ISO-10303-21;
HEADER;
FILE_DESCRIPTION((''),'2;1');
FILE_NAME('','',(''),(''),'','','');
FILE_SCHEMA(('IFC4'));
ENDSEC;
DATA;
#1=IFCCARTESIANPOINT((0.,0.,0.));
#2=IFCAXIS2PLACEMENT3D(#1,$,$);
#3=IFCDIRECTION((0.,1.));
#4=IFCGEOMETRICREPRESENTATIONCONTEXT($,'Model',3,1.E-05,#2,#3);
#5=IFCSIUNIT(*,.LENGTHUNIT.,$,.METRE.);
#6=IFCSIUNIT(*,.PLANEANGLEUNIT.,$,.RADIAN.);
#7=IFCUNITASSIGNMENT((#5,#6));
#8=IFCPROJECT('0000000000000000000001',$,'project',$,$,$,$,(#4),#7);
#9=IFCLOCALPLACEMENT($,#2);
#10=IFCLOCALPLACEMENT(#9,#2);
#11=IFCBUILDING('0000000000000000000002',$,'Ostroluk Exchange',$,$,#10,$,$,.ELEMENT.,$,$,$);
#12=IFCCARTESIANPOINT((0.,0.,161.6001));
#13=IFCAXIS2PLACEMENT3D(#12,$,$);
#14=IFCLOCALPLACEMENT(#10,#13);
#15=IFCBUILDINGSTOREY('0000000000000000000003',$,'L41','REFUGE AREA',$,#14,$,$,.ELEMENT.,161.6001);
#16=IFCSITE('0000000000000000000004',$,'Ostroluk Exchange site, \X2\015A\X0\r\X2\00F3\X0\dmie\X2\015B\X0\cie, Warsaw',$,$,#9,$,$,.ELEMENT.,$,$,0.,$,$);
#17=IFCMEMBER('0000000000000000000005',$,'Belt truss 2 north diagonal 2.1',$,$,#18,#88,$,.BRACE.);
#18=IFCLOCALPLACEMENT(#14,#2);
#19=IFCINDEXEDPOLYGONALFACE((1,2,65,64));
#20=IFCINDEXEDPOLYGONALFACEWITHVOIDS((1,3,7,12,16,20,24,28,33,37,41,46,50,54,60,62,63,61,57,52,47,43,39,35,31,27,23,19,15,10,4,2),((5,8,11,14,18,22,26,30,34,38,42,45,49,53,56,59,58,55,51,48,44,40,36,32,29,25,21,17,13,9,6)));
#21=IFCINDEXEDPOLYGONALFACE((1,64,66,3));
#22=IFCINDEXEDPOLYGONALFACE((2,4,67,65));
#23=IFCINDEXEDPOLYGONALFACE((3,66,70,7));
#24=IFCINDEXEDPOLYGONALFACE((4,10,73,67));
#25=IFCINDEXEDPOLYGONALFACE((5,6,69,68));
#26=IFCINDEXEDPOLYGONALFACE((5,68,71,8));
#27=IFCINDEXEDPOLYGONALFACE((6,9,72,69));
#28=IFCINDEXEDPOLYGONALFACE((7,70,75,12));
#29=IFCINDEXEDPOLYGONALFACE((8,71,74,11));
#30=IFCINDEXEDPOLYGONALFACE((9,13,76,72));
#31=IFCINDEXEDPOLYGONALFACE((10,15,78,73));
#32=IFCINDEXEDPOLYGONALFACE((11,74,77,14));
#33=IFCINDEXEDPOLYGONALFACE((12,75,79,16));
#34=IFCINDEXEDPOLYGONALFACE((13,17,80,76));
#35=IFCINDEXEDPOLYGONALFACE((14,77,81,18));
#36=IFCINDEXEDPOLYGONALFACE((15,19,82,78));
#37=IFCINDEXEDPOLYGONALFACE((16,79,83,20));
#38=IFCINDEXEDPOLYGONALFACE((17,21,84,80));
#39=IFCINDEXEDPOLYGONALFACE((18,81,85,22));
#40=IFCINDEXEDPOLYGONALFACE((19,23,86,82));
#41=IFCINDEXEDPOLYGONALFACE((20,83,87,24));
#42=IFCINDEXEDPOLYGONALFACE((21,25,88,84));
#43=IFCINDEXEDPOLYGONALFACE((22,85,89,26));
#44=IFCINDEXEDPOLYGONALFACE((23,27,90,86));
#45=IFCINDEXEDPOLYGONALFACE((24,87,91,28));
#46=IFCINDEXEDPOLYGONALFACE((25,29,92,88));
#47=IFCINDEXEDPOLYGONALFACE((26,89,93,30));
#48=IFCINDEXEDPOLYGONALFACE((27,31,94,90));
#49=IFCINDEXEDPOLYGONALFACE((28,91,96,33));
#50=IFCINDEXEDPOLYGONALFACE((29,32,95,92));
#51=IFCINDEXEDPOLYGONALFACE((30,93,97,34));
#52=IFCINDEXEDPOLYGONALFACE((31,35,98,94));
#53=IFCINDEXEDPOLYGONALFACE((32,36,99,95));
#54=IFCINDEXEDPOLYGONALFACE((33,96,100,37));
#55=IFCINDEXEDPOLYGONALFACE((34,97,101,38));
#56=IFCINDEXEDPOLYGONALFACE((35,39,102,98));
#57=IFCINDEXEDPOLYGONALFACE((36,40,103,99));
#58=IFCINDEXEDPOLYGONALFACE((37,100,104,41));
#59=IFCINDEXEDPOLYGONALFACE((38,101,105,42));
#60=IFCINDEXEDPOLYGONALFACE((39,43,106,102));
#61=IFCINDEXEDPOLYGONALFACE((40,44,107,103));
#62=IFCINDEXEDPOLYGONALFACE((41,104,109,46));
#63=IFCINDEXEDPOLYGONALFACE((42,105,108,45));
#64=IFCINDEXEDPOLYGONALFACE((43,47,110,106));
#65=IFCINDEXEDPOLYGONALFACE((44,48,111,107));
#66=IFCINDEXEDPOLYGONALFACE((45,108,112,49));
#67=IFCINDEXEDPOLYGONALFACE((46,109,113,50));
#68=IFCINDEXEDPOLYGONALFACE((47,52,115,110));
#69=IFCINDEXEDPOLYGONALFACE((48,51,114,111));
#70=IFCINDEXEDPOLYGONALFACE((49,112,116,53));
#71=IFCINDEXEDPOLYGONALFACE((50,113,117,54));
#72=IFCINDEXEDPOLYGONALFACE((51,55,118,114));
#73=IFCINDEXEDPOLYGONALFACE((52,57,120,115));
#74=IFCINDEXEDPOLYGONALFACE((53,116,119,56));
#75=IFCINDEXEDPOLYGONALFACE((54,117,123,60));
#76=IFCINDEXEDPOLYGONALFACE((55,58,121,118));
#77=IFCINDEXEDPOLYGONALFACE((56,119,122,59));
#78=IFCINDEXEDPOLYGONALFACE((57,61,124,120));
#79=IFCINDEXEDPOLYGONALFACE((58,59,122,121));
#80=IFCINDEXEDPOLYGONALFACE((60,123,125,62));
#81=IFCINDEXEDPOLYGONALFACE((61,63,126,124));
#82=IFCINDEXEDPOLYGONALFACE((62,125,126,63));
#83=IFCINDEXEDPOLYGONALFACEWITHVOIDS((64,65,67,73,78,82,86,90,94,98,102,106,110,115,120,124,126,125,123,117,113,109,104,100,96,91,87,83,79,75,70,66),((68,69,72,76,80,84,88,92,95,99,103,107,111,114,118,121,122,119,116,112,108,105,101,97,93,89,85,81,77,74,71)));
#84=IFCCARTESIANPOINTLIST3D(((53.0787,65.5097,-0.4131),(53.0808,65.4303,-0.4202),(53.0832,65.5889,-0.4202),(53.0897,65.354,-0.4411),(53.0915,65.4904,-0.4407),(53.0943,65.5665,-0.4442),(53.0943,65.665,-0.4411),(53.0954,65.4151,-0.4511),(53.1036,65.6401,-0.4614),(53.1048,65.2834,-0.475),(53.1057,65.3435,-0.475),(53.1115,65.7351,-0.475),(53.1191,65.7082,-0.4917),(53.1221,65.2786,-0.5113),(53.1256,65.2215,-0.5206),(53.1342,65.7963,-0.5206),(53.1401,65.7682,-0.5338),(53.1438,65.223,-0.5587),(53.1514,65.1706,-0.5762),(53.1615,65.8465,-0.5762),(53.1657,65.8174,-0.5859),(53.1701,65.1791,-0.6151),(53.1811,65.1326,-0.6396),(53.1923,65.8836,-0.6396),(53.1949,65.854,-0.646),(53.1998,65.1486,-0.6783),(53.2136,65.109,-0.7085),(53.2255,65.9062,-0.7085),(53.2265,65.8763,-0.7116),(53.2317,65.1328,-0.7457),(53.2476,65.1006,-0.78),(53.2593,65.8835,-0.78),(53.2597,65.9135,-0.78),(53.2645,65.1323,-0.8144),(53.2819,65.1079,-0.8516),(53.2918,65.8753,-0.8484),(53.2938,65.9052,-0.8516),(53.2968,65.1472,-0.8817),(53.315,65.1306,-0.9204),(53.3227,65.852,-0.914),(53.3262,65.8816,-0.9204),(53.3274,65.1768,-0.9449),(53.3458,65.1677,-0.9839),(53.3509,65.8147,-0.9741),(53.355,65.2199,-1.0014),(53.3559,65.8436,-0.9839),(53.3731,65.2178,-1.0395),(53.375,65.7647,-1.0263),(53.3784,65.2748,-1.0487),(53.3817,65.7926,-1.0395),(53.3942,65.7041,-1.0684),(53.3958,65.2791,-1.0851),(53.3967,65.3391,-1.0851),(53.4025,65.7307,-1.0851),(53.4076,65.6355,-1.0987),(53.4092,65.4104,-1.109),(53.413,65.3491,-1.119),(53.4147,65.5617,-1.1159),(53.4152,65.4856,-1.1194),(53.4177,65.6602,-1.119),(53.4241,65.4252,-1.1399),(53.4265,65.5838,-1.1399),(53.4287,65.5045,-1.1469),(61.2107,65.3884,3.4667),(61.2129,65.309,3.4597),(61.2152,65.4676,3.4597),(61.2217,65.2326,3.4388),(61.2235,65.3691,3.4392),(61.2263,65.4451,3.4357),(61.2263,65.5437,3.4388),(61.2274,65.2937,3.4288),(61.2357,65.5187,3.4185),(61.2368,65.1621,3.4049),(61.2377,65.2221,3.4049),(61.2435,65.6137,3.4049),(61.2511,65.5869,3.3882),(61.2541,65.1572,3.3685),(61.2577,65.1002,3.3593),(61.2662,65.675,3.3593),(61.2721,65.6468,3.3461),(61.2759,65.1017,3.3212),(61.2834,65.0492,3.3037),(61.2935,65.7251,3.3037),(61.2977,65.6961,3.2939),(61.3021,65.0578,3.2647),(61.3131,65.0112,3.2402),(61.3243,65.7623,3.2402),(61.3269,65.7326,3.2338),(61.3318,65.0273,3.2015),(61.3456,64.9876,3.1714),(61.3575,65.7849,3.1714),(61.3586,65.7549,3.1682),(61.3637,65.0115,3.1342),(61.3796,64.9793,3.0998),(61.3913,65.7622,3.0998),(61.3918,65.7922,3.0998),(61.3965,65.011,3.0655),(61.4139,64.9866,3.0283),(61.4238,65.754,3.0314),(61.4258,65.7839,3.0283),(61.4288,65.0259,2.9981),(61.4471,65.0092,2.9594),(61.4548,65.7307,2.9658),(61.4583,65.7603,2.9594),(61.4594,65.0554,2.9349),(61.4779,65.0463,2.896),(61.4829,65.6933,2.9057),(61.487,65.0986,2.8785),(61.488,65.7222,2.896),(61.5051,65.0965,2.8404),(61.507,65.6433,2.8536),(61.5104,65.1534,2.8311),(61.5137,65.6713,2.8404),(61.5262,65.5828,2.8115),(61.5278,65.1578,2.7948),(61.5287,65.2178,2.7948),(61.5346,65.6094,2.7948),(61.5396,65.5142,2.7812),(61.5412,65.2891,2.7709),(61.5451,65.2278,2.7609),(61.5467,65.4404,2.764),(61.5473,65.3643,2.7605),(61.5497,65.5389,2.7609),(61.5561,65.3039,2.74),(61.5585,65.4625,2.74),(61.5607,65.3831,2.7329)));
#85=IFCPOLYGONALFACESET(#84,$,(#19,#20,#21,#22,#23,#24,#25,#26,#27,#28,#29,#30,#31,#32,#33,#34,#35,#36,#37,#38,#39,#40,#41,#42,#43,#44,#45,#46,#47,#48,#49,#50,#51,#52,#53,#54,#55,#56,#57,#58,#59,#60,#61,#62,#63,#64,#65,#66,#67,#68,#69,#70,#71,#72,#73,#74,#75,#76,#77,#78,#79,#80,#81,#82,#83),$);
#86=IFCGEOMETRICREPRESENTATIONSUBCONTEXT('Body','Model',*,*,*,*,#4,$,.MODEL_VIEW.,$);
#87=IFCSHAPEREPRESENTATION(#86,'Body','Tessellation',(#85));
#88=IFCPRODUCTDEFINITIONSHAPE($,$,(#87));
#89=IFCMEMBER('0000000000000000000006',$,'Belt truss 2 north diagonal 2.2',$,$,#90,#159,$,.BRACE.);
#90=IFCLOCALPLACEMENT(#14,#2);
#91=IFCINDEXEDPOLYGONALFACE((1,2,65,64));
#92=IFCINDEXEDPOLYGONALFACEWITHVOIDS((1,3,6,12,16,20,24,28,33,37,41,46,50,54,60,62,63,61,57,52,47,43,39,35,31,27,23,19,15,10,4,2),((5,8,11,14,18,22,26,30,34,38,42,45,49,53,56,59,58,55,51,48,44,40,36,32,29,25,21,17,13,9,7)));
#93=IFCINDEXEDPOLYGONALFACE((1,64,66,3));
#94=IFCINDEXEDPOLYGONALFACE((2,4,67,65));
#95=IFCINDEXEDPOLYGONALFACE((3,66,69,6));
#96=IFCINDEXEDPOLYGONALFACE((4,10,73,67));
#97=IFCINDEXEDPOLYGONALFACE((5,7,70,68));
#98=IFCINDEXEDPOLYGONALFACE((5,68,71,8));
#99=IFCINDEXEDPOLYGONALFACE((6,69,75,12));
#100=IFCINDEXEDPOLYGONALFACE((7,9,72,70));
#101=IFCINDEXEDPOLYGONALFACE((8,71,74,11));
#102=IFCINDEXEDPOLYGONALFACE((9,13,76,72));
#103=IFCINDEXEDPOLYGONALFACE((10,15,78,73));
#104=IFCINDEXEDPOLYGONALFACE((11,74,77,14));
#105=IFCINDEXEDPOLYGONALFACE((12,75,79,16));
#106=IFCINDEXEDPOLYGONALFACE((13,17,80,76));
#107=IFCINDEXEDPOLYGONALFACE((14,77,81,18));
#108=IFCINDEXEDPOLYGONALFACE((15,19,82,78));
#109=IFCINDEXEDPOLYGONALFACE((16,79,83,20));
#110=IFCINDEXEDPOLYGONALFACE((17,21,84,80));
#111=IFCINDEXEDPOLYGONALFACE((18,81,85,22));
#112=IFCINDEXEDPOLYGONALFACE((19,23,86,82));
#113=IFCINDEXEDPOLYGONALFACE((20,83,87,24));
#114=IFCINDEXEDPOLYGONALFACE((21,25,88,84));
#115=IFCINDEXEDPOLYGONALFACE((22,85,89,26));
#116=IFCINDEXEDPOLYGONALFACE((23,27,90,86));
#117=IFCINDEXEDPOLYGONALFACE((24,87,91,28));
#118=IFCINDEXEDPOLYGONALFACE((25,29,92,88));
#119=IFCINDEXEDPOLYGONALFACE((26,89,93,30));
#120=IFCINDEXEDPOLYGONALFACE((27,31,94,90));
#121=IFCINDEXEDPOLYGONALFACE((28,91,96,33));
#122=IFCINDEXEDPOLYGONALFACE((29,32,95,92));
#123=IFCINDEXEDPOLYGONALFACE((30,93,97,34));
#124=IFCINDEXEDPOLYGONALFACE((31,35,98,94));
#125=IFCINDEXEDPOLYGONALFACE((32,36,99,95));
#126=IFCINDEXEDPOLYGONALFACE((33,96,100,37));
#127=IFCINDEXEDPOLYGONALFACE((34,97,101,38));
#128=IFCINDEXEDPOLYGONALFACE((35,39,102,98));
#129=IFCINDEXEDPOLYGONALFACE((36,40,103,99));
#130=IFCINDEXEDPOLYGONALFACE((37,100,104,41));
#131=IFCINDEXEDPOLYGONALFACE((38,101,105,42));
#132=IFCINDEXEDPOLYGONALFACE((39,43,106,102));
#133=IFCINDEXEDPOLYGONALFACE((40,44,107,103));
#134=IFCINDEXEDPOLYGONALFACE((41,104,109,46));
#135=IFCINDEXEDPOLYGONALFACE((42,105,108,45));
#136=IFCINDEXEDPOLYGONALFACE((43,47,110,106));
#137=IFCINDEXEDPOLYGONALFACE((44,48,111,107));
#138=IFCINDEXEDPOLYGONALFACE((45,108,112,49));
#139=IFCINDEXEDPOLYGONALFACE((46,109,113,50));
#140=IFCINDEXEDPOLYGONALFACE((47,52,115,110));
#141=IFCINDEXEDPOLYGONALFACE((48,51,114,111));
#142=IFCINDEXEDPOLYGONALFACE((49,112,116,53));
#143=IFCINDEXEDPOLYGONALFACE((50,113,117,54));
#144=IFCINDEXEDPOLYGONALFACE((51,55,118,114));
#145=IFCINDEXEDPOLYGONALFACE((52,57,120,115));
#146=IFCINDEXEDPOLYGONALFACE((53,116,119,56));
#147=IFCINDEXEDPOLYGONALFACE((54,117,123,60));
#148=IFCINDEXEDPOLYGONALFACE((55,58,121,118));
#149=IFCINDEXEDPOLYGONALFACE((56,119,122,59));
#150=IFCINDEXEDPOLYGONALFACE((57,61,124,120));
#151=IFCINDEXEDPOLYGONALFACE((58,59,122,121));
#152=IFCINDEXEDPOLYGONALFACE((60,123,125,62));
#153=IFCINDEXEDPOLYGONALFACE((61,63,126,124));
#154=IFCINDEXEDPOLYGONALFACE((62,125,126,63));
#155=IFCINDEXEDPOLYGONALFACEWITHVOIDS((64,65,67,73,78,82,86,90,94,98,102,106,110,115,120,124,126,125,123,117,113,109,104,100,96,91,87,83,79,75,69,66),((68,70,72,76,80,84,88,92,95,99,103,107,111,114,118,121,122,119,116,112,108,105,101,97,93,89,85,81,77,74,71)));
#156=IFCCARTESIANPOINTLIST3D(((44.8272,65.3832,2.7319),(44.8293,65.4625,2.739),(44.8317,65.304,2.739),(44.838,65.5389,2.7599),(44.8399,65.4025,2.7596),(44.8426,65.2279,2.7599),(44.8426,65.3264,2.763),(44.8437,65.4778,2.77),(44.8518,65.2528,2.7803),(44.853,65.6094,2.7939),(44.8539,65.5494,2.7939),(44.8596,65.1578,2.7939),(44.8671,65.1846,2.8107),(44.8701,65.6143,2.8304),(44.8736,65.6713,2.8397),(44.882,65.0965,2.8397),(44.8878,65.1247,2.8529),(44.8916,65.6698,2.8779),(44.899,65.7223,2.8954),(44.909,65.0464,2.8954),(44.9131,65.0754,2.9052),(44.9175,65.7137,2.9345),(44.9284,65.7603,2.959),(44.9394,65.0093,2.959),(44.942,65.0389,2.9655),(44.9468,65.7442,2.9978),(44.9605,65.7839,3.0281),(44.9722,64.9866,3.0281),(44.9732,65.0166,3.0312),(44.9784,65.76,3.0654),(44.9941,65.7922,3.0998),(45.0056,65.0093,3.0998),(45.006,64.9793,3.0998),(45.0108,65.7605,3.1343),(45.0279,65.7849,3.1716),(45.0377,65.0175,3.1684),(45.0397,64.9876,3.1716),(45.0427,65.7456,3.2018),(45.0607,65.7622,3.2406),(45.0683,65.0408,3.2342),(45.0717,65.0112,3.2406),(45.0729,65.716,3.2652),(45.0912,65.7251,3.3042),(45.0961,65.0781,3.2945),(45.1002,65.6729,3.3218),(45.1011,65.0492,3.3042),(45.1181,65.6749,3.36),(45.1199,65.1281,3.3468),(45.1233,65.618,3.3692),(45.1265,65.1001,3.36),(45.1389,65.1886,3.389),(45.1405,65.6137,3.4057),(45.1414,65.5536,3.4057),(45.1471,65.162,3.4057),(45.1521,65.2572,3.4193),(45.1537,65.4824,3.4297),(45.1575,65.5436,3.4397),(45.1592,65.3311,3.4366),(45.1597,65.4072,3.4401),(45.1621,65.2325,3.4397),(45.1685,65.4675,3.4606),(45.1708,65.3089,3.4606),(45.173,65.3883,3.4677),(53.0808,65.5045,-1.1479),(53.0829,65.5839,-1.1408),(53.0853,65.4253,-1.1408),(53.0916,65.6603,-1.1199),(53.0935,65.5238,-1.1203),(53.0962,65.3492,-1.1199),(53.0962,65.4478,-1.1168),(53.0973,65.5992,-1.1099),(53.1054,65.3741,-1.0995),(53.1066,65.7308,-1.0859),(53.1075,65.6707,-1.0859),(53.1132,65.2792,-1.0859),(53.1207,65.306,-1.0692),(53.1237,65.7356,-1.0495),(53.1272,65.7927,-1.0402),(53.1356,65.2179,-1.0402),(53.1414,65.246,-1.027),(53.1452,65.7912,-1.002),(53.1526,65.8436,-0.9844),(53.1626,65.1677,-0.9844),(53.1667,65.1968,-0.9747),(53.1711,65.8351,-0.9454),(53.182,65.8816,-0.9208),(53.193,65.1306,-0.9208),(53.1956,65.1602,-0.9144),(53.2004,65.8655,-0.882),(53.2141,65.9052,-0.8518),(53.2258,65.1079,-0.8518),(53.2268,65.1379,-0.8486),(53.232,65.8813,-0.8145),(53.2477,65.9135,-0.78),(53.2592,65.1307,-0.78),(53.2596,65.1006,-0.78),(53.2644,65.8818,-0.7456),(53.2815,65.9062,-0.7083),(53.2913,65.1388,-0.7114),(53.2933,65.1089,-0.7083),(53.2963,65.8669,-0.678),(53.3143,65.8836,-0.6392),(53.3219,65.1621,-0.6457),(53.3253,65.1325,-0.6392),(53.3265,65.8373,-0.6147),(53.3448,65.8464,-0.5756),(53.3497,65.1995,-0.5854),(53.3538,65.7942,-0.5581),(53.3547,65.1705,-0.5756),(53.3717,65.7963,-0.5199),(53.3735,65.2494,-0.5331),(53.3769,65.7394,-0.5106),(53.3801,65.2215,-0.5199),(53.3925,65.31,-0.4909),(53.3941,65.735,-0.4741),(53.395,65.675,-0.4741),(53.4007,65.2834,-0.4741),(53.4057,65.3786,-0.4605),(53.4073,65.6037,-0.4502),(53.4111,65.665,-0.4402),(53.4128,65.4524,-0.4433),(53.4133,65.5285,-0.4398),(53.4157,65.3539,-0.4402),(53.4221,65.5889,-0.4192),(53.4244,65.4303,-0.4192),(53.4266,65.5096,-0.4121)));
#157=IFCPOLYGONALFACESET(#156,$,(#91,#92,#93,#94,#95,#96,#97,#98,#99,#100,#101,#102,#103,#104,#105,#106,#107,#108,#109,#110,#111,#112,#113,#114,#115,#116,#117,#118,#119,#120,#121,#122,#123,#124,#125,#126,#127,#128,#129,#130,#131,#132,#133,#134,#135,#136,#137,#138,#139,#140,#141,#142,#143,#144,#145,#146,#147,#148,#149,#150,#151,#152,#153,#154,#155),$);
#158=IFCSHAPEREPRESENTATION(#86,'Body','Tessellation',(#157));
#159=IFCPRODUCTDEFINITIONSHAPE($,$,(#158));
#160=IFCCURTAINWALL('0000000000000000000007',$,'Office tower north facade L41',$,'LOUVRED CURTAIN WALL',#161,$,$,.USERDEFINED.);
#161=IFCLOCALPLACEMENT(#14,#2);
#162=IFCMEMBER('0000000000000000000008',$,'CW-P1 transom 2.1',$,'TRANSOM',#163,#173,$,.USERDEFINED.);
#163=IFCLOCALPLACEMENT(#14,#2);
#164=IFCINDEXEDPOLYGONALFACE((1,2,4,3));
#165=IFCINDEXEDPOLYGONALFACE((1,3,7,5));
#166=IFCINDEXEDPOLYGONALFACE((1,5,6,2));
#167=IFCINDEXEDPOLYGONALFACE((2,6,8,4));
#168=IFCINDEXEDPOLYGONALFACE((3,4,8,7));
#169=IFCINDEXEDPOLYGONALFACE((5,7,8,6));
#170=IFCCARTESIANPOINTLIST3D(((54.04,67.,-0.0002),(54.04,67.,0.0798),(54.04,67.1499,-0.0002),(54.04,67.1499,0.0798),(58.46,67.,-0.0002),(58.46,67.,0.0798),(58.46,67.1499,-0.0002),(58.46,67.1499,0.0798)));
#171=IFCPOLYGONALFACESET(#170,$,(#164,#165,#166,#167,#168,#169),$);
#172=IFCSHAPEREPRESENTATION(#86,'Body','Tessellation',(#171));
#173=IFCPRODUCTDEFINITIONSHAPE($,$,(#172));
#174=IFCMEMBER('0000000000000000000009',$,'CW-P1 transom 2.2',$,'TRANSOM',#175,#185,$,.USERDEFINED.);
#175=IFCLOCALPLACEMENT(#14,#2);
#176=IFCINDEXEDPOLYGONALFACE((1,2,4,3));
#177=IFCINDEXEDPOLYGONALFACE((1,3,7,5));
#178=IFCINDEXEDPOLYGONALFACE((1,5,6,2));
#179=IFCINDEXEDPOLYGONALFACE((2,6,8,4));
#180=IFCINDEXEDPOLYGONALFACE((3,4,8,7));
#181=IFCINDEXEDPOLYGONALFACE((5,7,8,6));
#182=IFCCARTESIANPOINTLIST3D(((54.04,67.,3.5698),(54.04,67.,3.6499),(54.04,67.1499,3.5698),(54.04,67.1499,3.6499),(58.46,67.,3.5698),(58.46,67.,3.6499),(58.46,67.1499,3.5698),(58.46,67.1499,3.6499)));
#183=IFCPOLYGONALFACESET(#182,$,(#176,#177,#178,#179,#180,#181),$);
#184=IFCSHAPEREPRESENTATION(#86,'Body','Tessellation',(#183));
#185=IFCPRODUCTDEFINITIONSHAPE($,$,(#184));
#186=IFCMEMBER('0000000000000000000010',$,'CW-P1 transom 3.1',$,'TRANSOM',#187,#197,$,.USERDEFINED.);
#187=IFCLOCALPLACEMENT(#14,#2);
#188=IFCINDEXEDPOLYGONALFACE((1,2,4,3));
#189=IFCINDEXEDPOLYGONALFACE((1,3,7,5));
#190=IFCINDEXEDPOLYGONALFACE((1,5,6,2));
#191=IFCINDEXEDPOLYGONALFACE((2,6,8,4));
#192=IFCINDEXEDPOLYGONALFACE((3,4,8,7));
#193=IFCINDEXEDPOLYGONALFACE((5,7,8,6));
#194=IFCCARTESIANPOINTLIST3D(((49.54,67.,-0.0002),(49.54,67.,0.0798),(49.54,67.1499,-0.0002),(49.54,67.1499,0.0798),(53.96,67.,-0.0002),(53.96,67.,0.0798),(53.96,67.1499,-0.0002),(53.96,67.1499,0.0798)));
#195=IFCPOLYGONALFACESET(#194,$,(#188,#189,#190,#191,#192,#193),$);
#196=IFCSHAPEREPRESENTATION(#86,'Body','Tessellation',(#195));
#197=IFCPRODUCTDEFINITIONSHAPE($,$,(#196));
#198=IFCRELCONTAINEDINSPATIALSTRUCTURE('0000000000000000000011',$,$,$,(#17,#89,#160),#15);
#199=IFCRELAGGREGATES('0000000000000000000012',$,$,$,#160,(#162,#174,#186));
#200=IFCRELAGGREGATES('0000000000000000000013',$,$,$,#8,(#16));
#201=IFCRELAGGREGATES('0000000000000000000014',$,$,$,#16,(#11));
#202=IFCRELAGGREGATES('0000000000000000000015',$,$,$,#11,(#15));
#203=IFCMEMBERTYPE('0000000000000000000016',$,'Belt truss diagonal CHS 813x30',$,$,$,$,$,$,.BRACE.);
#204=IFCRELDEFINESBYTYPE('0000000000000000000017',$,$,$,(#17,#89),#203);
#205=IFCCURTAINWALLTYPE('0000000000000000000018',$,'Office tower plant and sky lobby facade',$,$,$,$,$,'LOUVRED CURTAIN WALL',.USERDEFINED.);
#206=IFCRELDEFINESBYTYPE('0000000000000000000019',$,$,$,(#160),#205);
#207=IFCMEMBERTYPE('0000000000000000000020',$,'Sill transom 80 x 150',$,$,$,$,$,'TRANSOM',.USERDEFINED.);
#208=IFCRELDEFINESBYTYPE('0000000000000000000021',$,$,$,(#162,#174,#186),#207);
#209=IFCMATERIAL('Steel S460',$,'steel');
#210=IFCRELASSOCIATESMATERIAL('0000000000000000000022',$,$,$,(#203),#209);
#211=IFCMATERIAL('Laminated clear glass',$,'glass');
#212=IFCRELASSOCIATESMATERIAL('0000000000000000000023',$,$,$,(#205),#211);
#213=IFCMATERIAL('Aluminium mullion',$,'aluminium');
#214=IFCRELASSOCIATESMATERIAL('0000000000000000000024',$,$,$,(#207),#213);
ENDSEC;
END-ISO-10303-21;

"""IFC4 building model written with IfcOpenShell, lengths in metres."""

from ifc_helpers import new_model, si_unit, direction, frame, origin, origin_2d, place, context, subcontext, project, spatial, rectangle, hollow_circle, extrude, material, material_profile, profile_set, type_object, element, aggregate, save


model = new_model("IFC4")

# Units and contexts
model_context = context("Model", 3, precision=1e-05, world=origin(), true_north=direction((0.0, 1.0)))
body_context = subcontext(model_context, "Body", "Model", "MODEL_VIEW")
ifc_project = project(units=[si_unit("LENGTHUNIT", "METRE"), si_unit("PLANEANGLEUNIT", "RADIAN")], contexts=[model_context])

# Site, building, storey
site_placement = place(None, origin())
site = spatial("IfcSite", under=ifc_project, at=site_placement, Name="Ostroluk Exchange site, Śródmieście, Warsaw", CompositionType="ELEMENT", RefElevation=0.0)
building_placement = place(site_placement, origin())
building = spatial("IfcBuilding", under=site, at=building_placement, Name="Ostroluk Exchange", CompositionType="ELEMENT")
storey_placement = place(building_placement, frame((0.0, 0.0, 161.6001)))
storey = spatial("IfcBuildingStorey", under=building, at=storey_placement, Name="L41", Description="REFUGE AREA", CompositionType="ELEMENT", Elevation=161.6001)

# Members
ifc_material_1 = material(Name="Steel S460", Category="steel")
ifc_material_profile_1 = material_profile(ifc_material_1, hollow_circle(Radius=0.4065, WallThickness=0.03, at=origin_2d()), Name="CHS 813x30")
ifc_profile_set_1 = profile_set([ifc_material_profile_1], Name="Steel S460")
member_type_1 = type_object("IfcMemberType", Name="Belt truss diagonal CHS 813x30", PredefinedType="BRACE", material=ifc_profile_set_1)
member_1_placement = place(storey_placement, frame((53.2537, 65.5071, -0.78), z_axis=(0.902457, -0.013465, 0.43057), x_axis=(0.014919, 0.999889, 0.0)))
element("IfcMember", 1, at=member_1_placement, inside=storey, type_object=member_type_1, Name="Belt truss 2 north diagonal 2.1", PredefinedType="BRACE", context=body_context, shape_type="SweptSolid", body=[
    extrude(hollow_circle(Radius=0.4065, WallThickness=0.03, at=origin_2d()), origin(), (0.0, 0.0, 1.0), 9.011),
])
member_2_placement = place(storey_placement, frame((53.2537, 65.5071, -0.78), z_axis=(-0.904916, -0.013303, 0.425383), x_axis=(0.0147, -0.999892, 0.0)))
element("IfcMember", 2, at=member_2_placement, inside=storey, type_object=member_type_1, Name="Belt truss 2 north diagonal 2.2", PredefinedType="BRACE", context=body_context, shape_type="SweptSolid", body=[
    extrude(hollow_circle(Radius=0.4065, WallThickness=0.03, at=origin_2d()), origin(), (0.0, 0.0, 1.0), 9.1208),
])

# Curtain wall, members
ifc_material_2 = material(Name="Laminated clear glass", Category="glass")
curtain_wall_type = type_object("IfcCurtainWallType", Name="Office tower plant and sky lobby facade", ElementType="LOUVRED CURTAIN WALL", PredefinedType="USERDEFINED", material=ifc_material_2)
curtain_wall_placement = place(storey_placement, origin())
curtain_wall = element("IfcCurtainWall", 3, at=curtain_wall_placement, inside=storey, type_object=curtain_wall_type, Name="Office tower north facade L41", ObjectType="LOUVRED CURTAIN WALL", PredefinedType="USERDEFINED")
ifc_material_3 = material(Name="Aluminium mullion", Category="aluminium")
ifc_material_profile_2 = material_profile(ifc_material_3, rectangle(XDim=0.1499, YDim=0.0801, at=origin_2d()), Name="Sill transom 80 x 150")
ifc_profile_set_2 = profile_set([ifc_material_profile_2], Name="Aluminium mullion")
member_type_2 = type_object("IfcMemberType", Name="Sill transom 80 x 150", ElementType="TRANSOM", PredefinedType="USERDEFINED", material=ifc_profile_set_2)
member_3_placement = place(storey_placement, frame((58.46, 67.075, 0.0398), z_axis=(-1.0, 0.0, 0.0), x_axis=(0.0, -1.0, 0.0)))
member_3 = element("IfcMember", 4, at=member_3_placement, type_object=member_type_2, Name="CW-P1 transom 2.1", ObjectType="TRANSOM", PredefinedType="USERDEFINED", context=body_context, shape_type="SweptSolid", body=[
    extrude(rectangle(XDim=0.1499, YDim=0.0801, at=origin_2d()), origin(), (0.0, 0.0, 1.0), 4.4199),
])
member_4_placement = place(storey_placement, frame((58.46, 67.075, 3.6099), z_axis=(-1.0, 0.0, 0.0), x_axis=(0.0, -1.0, 0.0)))
member_4 = element("IfcMember", 5, at=member_4_placement, type_object=member_type_2, Name="CW-P1 transom 2.2", ObjectType="TRANSOM", PredefinedType="USERDEFINED", context=body_context, shape_type="SweptSolid", body=[
    extrude(rectangle(XDim=0.1499, YDim=0.0801, at=origin_2d()), origin(), (0.0, 0.0, 1.0), 4.4199),
])
member_5_placement = place(storey_placement, frame((53.96, 67.075, 0.0398), z_axis=(-1.0, 0.0, 0.0), x_axis=(0.0, -1.0, 0.0)))
member_5 = element("IfcMember", 6, at=member_5_placement, type_object=member_type_2, Name="CW-P1 transom 3.1", ObjectType="TRANSOM", PredefinedType="USERDEFINED", context=body_context, shape_type="SweptSolid", body=[
    extrude(rectangle(XDim=0.1499, YDim=0.0801, at=origin_2d()), origin(), (0.0, 0.0, 1.0), 4.4199),
])
aggregate(curtain_wall, [member_3, member_4, member_5])

save(model, "model.ifc")
